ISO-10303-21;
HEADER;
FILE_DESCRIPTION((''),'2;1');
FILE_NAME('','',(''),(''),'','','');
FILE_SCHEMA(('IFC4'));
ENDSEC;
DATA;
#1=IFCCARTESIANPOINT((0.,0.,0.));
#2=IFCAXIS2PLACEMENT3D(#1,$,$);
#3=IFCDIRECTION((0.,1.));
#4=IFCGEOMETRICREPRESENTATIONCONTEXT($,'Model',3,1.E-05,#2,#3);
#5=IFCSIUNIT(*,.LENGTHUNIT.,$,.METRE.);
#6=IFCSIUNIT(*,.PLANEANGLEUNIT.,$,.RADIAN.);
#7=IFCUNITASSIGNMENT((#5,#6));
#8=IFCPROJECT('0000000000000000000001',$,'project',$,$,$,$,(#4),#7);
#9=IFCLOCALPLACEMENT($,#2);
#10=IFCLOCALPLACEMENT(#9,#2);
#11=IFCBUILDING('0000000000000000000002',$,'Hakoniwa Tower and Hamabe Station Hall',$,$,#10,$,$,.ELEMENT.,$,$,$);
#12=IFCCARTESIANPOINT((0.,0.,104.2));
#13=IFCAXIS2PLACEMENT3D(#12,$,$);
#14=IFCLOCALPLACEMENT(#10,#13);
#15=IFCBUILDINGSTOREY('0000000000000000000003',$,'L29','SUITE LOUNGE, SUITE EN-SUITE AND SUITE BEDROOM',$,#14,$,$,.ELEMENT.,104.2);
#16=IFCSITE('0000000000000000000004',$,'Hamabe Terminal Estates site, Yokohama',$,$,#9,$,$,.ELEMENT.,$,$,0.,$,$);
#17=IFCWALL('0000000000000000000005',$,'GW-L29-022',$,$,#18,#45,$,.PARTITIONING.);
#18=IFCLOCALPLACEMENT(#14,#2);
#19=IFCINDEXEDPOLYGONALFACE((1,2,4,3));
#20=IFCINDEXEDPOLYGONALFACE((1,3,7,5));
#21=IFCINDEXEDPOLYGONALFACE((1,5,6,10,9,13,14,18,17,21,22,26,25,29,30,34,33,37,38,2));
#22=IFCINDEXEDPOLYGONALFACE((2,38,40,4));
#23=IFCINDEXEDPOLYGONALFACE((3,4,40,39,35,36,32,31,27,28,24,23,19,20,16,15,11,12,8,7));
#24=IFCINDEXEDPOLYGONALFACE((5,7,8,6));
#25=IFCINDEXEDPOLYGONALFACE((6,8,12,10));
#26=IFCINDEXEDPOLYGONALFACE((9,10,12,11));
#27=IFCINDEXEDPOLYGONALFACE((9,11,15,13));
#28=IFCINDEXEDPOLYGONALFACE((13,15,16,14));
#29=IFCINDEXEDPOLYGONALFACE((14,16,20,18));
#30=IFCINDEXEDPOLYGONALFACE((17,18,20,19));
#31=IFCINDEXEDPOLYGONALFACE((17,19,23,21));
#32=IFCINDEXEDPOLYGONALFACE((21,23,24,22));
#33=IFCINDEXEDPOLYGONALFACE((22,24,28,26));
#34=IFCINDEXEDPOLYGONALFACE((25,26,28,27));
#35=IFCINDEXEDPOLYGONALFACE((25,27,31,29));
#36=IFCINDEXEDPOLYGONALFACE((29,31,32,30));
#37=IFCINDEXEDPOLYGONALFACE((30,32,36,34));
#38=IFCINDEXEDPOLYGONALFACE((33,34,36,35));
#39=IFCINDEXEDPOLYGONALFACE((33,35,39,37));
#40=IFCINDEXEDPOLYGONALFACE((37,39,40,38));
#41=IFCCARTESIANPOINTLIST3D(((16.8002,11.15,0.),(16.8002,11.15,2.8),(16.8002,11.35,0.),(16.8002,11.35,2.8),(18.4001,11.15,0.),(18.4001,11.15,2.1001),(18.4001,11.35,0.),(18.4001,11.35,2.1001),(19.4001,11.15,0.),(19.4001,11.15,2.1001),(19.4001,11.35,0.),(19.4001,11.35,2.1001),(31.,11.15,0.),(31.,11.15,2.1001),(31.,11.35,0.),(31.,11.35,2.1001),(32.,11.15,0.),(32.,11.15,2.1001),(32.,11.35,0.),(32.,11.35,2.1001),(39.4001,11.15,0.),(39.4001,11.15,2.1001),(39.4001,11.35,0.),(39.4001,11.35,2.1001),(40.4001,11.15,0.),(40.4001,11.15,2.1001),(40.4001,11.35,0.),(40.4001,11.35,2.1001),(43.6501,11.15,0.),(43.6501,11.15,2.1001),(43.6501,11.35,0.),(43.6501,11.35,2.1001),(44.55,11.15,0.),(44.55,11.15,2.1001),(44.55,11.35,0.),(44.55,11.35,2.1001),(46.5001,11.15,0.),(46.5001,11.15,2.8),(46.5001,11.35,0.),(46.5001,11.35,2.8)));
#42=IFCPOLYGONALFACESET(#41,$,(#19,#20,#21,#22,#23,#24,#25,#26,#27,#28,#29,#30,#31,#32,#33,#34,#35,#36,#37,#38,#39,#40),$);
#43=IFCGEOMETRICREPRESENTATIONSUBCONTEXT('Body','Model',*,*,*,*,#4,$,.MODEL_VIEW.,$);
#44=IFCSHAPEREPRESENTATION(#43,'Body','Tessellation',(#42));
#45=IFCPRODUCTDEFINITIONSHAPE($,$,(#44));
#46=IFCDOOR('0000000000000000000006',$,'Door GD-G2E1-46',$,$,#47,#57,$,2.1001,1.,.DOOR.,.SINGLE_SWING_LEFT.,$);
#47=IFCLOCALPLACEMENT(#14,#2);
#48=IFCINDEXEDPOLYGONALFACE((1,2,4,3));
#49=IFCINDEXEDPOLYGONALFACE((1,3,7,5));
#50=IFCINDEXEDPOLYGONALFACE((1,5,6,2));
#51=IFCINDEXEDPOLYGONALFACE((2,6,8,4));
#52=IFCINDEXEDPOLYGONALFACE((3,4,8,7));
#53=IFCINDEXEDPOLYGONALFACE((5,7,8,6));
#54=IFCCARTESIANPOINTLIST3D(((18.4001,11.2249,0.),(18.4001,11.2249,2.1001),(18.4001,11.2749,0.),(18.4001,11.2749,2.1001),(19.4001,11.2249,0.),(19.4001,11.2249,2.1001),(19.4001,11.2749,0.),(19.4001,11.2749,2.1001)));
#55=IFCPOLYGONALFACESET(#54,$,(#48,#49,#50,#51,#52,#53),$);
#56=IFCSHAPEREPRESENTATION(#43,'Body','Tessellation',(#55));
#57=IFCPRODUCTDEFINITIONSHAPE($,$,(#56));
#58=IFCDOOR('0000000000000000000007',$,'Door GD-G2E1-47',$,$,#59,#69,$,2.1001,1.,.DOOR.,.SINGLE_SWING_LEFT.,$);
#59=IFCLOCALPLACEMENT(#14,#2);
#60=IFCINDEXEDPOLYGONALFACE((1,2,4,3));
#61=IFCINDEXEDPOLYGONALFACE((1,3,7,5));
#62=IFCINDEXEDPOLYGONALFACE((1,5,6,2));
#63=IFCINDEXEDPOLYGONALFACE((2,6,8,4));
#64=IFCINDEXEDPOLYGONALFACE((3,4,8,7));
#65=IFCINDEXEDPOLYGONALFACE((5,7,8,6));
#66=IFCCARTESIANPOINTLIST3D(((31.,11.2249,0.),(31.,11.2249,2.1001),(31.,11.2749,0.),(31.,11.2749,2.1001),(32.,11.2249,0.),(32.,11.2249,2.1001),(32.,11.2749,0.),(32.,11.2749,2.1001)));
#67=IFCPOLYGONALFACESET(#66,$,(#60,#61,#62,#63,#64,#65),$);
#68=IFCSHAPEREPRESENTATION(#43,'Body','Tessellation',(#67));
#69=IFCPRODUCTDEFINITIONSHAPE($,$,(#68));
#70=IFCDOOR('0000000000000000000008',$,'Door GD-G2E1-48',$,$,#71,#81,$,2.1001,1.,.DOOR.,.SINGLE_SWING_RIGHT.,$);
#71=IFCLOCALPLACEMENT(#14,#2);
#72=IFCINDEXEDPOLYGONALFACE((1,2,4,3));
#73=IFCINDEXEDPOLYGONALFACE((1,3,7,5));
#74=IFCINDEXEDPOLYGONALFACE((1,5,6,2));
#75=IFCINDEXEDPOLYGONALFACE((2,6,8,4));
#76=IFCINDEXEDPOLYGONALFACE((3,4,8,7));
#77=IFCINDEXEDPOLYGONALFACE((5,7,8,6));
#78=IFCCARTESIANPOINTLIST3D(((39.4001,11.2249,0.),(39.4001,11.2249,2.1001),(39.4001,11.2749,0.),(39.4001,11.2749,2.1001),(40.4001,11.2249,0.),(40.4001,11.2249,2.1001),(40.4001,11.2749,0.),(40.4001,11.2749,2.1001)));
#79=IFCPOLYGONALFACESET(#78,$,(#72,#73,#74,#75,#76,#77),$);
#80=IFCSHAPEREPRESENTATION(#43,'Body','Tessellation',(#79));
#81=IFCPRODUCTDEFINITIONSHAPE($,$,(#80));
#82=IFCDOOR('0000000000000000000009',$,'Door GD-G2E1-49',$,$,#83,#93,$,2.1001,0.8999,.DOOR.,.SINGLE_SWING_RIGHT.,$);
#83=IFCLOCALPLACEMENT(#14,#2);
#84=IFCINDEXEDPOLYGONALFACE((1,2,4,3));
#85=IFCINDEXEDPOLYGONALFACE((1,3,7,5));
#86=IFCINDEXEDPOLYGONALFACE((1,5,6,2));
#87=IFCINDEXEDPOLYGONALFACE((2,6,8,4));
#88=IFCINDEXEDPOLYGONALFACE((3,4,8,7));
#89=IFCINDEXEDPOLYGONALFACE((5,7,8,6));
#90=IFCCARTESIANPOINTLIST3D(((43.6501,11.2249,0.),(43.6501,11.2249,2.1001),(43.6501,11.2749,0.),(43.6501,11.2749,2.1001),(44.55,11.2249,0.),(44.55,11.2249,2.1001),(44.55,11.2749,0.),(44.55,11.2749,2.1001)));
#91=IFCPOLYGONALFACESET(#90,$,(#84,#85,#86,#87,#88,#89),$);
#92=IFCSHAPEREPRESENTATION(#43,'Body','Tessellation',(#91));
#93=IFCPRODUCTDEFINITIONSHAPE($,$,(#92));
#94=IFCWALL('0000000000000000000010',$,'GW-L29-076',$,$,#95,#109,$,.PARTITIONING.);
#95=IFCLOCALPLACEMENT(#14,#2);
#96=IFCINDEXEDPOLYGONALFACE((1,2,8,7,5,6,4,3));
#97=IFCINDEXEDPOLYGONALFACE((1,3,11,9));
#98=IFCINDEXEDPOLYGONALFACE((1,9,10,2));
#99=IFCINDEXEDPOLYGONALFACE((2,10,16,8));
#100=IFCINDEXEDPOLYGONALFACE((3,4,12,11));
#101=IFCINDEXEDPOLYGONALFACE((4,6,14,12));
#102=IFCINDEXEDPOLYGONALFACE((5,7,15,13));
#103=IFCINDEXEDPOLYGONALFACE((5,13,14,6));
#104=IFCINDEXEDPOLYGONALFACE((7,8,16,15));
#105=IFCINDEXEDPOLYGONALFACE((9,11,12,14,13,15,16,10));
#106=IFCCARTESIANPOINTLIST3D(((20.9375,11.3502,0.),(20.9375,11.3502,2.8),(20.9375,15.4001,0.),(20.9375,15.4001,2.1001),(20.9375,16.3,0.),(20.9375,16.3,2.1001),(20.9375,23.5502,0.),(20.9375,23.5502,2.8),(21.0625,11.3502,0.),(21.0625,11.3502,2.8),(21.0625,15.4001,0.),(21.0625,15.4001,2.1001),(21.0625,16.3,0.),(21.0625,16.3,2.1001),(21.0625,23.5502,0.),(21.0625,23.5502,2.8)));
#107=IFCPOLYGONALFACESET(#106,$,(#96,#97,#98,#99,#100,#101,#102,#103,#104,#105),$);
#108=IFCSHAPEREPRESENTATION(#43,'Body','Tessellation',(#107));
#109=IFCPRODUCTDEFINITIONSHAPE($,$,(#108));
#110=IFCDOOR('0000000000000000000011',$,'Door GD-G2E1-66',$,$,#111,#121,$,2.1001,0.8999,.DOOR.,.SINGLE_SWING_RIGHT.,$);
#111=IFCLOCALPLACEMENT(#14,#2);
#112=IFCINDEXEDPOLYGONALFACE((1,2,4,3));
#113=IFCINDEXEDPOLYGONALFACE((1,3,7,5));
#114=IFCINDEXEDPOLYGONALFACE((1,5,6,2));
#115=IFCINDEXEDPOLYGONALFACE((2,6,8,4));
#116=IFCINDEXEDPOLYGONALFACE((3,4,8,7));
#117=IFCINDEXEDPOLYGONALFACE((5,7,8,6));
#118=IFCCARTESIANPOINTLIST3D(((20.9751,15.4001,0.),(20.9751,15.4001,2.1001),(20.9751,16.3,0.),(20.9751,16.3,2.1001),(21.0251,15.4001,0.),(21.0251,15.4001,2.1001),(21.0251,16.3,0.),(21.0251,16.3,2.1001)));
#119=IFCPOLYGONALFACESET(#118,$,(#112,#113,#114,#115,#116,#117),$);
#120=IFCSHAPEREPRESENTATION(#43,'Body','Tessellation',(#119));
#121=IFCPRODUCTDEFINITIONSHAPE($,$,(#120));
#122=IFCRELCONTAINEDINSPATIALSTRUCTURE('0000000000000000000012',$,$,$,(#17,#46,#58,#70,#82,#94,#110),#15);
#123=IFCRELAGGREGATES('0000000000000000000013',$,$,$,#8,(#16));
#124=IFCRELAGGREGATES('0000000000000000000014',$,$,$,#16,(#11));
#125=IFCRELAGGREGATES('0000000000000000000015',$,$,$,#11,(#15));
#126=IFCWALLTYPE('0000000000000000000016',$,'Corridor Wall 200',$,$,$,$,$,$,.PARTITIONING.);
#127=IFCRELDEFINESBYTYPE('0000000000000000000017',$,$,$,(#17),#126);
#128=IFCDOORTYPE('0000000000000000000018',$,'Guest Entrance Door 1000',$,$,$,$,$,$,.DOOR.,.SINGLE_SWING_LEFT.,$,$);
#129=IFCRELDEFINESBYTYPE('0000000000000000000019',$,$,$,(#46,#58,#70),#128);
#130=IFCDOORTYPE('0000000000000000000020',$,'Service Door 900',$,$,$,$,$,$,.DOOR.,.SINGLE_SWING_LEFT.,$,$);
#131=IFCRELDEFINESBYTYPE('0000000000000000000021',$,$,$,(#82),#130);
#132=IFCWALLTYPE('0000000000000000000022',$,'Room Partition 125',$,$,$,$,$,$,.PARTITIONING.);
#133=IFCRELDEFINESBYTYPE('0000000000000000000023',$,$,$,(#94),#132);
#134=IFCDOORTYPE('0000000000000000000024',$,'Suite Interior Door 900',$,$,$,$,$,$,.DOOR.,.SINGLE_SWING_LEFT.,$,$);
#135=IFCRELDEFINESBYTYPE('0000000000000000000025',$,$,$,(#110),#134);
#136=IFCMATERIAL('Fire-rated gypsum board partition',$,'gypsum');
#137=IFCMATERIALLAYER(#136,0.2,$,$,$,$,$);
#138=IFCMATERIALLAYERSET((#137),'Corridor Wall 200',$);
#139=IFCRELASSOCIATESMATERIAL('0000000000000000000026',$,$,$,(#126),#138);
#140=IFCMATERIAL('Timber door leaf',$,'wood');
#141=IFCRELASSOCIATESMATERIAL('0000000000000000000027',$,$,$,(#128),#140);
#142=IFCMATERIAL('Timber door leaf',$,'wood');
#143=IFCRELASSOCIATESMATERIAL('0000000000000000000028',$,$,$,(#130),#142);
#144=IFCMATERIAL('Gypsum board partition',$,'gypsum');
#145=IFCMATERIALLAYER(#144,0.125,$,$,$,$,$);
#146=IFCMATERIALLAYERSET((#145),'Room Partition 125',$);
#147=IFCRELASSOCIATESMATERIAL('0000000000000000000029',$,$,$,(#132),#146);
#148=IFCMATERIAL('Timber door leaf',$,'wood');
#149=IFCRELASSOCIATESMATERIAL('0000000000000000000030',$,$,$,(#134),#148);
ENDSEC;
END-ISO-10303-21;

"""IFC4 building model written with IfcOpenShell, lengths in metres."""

from ifc_helpers import new_model, si_unit, direction, frame, frame_2d, origin, place, context, subcontext, project, spatial, rectangle, extrude, material, layer, layer_set, type_object, element, fill, save


model = new_model("IFC4")

# Units and contexts
model_context = context("Model", 3, precision=1e-05, world=origin(), true_north=direction((0.0, 1.0)))
body_context = subcontext(model_context, "Body", "Model", "MODEL_VIEW")
ifc_project = project(units=[si_unit("LENGTHUNIT", "METRE"), si_unit("PLANEANGLEUNIT", "RADIAN")], contexts=[model_context])

# Site, building, storey
site_placement = place(None, origin())
site = spatial("IfcSite", under=ifc_project, at=site_placement, Name="Hamabe Terminal Estates site, Yokohama", CompositionType="ELEMENT", RefElevation=0.0)
building_placement = place(site_placement, origin())
building = spatial("IfcBuilding", under=site, at=building_placement, Name="Hakoniwa Tower and Hamabe Station Hall", CompositionType="ELEMENT")
storey_placement = place(building_placement, frame((0.0, 0.0, 104.2)))
storey = spatial("IfcBuildingStorey", under=building, at=storey_placement, Name="L29", Description="SUITE LOUNGE, SUITE EN-SUITE AND SUITE BEDROOM", CompositionType="ELEMENT", Elevation=104.2)

# Wall, openings, doors
ifc_material_1 = material(Name="Fire-rated gypsum board partition", Category="gypsum")
ifc_layer_1 = layer(ifc_material_1, 0.2)
ifc_layer_set_1 = layer_set([ifc_layer_1], Name="Corridor Wall 200")
wall_type_1 = type_object("IfcWallType", Name="Corridor Wall 200", PredefinedType="PARTITIONING", material=ifc_layer_set_1)
wall_1_placement = place(storey_placement, frame((16.8, 11.25, 0.0), z_axis=(0.0, 0.0, 1.0), x_axis=(1.0, 0.0, 0.0)))
wall_1 = element("IfcWall", 1, at=wall_1_placement, inside=storey, type_object=wall_type_1, Name="GW-L29-022", PredefinedType="PARTITIONING", context=body_context, shape_type="SweptSolid", body=[
    extrude(rectangle(XDim=29.7, YDim=0.2, at=frame_2d((14.8501, 0.0))), origin(), (0.0, 0.0, 1.0), 2.8),
])
opening_1_placement = place(wall_1_placement, frame((1.6001, 0.0, 0.0)))
opening_1 = element("IfcOpeningElement", 2, at=opening_1_placement, cuts=wall_1, PredefinedType="OPENING", context=body_context, shape_type="SweptSolid", body=[
    extrude(rectangle(XDim=1.0, YDim=2.1001, at=frame_2d((0.5, 1.05))), frame((0.0, 0.1099, 0.0), z_axis=(0.0, -1.0, 0.0), x_axis=(1.0, 0.0, 0.0)), (0.0, 0.0, 1.0), 0.22),
])
opening_2_placement = place(wall_1_placement, frame((14.2, 0.0, 0.0)))
opening_2 = element("IfcOpeningElement", 3, at=opening_2_placement, cuts=wall_1, PredefinedType="OPENING", context=body_context, shape_type="SweptSolid", body=[
    extrude(rectangle(XDim=1.0, YDim=2.1001, at=frame_2d((0.5, 1.05))), frame((0.0, 0.1099, 0.0), z_axis=(0.0, -1.0, 0.0), x_axis=(1.0, 0.0, 0.0)), (0.0, 0.0, 1.0), 0.22),
])
opening_3_placement = place(wall_1_placement, frame((22.6001, 0.0, 0.0)))
opening_3 = element("IfcOpeningElement", 4, at=opening_3_placement, cuts=wall_1, PredefinedType="OPENING", context=body_context, shape_type="SweptSolid", body=[
    extrude(rectangle(XDim=1.0, YDim=2.1001, at=frame_2d((0.5, 1.05))), frame((0.0, 0.1099, 0.0), z_axis=(0.0, -1.0, 0.0), x_axis=(1.0, 0.0, 0.0)), (0.0, 0.0, 1.0), 0.22),
])
opening_4_placement = place(wall_1_placement, frame((26.8501, 0.0, 0.0)))
opening_4 = element("IfcOpeningElement", 5, at=opening_4_placement, cuts=wall_1, PredefinedType="OPENING", context=body_context, shape_type="SweptSolid", body=[
    extrude(rectangle(XDim=0.8999, YDim=2.1001, at=frame_2d((0.45, 1.05))), frame((0.0, 0.1099, 0.0), z_axis=(0.0, -1.0, 0.0), x_axis=(1.0, 0.0, 0.0)), (0.0, 0.0, 1.0), 0.22),
])
ifc_material_2 = material(Name="Timber door leaf", Category="wood")
door_type_1 = type_object("IfcDoorType", Name="Guest Entrance Door 1000", OperationType="SINGLE_SWING_LEFT", PredefinedType="DOOR", material=ifc_material_2)
door_1_placement = place(opening_1_placement, origin())
door_1 = element("IfcDoor", 6, at=door_1_placement, inside=storey, type_object=door_type_1, Name="Door GD-G2E1-46", OperationType="SINGLE_SWING_LEFT", OverallHeight=2.1001, OverallWidth=1.0, PredefinedType="DOOR", context=body_context, shape_type="SweptSolid", body=[
    extrude(rectangle(XDim=1.0, YDim=2.1001, at=frame_2d((0.5, 1.05))), frame((0.0, 0.0249, 0.0), z_axis=(0.0, -1.0, 0.0), x_axis=(1.0, 0.0, 0.0)), (0.0, 0.0, 1.0), 0.05),
])
fill(opening_1, door_1)
door_2_placement = place(opening_2_placement, origin())
door_2 = element("IfcDoor", 7, at=door_2_placement, inside=storey, type_object=door_type_1, Name="Door GD-G2E1-47", OperationType="SINGLE_SWING_LEFT", OverallHeight=2.1001, OverallWidth=1.0, PredefinedType="DOOR", context=body_context, shape_type="SweptSolid", body=[
    extrude(rectangle(XDim=1.0, YDim=2.1001, at=frame_2d((0.5, 1.05))), frame((0.0, 0.0249, 0.0), z_axis=(0.0, -1.0, 0.0), x_axis=(1.0, 0.0, 0.0)), (0.0, 0.0, 1.0), 0.05),
])
fill(opening_2, door_2)
door_3_placement = place(opening_3_placement, origin())
door_3 = element("IfcDoor", 8, at=door_3_placement, inside=storey, type_object=door_type_1, Name="Door GD-G2E1-48", OperationType="SINGLE_SWING_RIGHT", OverallHeight=2.1001, OverallWidth=1.0, PredefinedType="DOOR", context=body_context, shape_type="SweptSolid", body=[
    extrude(rectangle(XDim=1.0, YDim=2.1001, at=frame_2d((0.5, 1.05))), frame((0.0, 0.0249, 0.0), z_axis=(0.0, -1.0, 0.0), x_axis=(1.0, 0.0, 0.0)), (0.0, 0.0, 1.0), 0.05),
])
fill(opening_3, door_3)
ifc_material_3 = material(Name="Timber door leaf", Category="wood")
door_type_2 = type_object("IfcDoorType", Name="Service Door 900", OperationType="SINGLE_SWING_LEFT", PredefinedType="DOOR", material=ifc_material_3)
door_4_placement = place(opening_4_placement, origin())
door_4 = element("IfcDoor", 9, at=door_4_placement, inside=storey, type_object=door_type_2, Name="Door GD-G2E1-49", OperationType="SINGLE_SWING_RIGHT", OverallHeight=2.1001, OverallWidth=0.8999, PredefinedType="DOOR", context=body_context, shape_type="SweptSolid", body=[
    extrude(rectangle(XDim=0.8999, YDim=2.1001, at=frame_2d((0.45, 1.05))), frame((0.0, 0.0249, 0.0), z_axis=(0.0, -1.0, 0.0), x_axis=(1.0, 0.0, 0.0)), (0.0, 0.0, 1.0), 0.05),
])
fill(opening_4, door_4)

# Wall, opening, door
ifc_material_4 = material(Name="Gypsum board partition", Category="gypsum")
ifc_layer_2 = layer(ifc_material_4, 0.125)
ifc_layer_set_2 = layer_set([ifc_layer_2], Name="Room Partition 125")
wall_type_2 = type_object("IfcWallType", Name="Room Partition 125", PredefinedType="PARTITIONING", material=ifc_layer_set_2)
wall_2_placement = place(storey_placement, frame((21.0, 11.3501, 0.0), z_axis=(0.0, 0.0, 1.0), x_axis=(0.0, 1.0, 0.0)))
wall_2 = element("IfcWall", 10, at=wall_2_placement, inside=storey, type_object=wall_type_2, Name="GW-L29-076", PredefinedType="PARTITIONING", context=body_context, shape_type="SweptSolid", body=[
    extrude(rectangle(XDim=12.2, YDim=0.125, at=frame_2d((6.1001, 0.0))), origin(), (0.0, 0.0, 1.0), 2.8),
])
opening_5_placement = place(wall_2_placement, frame((4.05, 0.0, 0.0)))
opening_5 = element("IfcOpeningElement", 11, at=opening_5_placement, cuts=wall_2, PredefinedType="OPENING", context=body_context, shape_type="SweptSolid", body=[
    extrude(rectangle(XDim=0.8999, YDim=2.1001, at=frame_2d((0.45, 1.05))), frame((0.0, 0.0725, 0.0), z_axis=(0.0, -1.0, 0.0), x_axis=(1.0, 0.0, 0.0)), (0.0, 0.0, 1.0), 0.145),
])
ifc_material_5 = material(Name="Timber door leaf", Category="wood")
door_type_3 = type_object("IfcDoorType", Name="Suite Interior Door 900", OperationType="SINGLE_SWING_LEFT", PredefinedType="DOOR", material=ifc_material_5)
door_5_placement = place(opening_5_placement, origin())
door_5 = element("IfcDoor", 12, at=door_5_placement, inside=storey, type_object=door_type_3, Name="Door GD-G2E1-66", OperationType="SINGLE_SWING_RIGHT", OverallHeight=2.1001, OverallWidth=0.8999, PredefinedType="DOOR", context=body_context, shape_type="SweptSolid", body=[
    extrude(rectangle(XDim=0.8999, YDim=2.1001, at=frame_2d((0.45, 1.05))), frame((0.0, 0.0249, 0.0), z_axis=(0.0, -1.0, 0.0), x_axis=(1.0, 0.0, 0.0)), (0.0, 0.0, 1.0), 0.05),
])
fill(opening_5, door_5)

save(model, "model.ifc")
